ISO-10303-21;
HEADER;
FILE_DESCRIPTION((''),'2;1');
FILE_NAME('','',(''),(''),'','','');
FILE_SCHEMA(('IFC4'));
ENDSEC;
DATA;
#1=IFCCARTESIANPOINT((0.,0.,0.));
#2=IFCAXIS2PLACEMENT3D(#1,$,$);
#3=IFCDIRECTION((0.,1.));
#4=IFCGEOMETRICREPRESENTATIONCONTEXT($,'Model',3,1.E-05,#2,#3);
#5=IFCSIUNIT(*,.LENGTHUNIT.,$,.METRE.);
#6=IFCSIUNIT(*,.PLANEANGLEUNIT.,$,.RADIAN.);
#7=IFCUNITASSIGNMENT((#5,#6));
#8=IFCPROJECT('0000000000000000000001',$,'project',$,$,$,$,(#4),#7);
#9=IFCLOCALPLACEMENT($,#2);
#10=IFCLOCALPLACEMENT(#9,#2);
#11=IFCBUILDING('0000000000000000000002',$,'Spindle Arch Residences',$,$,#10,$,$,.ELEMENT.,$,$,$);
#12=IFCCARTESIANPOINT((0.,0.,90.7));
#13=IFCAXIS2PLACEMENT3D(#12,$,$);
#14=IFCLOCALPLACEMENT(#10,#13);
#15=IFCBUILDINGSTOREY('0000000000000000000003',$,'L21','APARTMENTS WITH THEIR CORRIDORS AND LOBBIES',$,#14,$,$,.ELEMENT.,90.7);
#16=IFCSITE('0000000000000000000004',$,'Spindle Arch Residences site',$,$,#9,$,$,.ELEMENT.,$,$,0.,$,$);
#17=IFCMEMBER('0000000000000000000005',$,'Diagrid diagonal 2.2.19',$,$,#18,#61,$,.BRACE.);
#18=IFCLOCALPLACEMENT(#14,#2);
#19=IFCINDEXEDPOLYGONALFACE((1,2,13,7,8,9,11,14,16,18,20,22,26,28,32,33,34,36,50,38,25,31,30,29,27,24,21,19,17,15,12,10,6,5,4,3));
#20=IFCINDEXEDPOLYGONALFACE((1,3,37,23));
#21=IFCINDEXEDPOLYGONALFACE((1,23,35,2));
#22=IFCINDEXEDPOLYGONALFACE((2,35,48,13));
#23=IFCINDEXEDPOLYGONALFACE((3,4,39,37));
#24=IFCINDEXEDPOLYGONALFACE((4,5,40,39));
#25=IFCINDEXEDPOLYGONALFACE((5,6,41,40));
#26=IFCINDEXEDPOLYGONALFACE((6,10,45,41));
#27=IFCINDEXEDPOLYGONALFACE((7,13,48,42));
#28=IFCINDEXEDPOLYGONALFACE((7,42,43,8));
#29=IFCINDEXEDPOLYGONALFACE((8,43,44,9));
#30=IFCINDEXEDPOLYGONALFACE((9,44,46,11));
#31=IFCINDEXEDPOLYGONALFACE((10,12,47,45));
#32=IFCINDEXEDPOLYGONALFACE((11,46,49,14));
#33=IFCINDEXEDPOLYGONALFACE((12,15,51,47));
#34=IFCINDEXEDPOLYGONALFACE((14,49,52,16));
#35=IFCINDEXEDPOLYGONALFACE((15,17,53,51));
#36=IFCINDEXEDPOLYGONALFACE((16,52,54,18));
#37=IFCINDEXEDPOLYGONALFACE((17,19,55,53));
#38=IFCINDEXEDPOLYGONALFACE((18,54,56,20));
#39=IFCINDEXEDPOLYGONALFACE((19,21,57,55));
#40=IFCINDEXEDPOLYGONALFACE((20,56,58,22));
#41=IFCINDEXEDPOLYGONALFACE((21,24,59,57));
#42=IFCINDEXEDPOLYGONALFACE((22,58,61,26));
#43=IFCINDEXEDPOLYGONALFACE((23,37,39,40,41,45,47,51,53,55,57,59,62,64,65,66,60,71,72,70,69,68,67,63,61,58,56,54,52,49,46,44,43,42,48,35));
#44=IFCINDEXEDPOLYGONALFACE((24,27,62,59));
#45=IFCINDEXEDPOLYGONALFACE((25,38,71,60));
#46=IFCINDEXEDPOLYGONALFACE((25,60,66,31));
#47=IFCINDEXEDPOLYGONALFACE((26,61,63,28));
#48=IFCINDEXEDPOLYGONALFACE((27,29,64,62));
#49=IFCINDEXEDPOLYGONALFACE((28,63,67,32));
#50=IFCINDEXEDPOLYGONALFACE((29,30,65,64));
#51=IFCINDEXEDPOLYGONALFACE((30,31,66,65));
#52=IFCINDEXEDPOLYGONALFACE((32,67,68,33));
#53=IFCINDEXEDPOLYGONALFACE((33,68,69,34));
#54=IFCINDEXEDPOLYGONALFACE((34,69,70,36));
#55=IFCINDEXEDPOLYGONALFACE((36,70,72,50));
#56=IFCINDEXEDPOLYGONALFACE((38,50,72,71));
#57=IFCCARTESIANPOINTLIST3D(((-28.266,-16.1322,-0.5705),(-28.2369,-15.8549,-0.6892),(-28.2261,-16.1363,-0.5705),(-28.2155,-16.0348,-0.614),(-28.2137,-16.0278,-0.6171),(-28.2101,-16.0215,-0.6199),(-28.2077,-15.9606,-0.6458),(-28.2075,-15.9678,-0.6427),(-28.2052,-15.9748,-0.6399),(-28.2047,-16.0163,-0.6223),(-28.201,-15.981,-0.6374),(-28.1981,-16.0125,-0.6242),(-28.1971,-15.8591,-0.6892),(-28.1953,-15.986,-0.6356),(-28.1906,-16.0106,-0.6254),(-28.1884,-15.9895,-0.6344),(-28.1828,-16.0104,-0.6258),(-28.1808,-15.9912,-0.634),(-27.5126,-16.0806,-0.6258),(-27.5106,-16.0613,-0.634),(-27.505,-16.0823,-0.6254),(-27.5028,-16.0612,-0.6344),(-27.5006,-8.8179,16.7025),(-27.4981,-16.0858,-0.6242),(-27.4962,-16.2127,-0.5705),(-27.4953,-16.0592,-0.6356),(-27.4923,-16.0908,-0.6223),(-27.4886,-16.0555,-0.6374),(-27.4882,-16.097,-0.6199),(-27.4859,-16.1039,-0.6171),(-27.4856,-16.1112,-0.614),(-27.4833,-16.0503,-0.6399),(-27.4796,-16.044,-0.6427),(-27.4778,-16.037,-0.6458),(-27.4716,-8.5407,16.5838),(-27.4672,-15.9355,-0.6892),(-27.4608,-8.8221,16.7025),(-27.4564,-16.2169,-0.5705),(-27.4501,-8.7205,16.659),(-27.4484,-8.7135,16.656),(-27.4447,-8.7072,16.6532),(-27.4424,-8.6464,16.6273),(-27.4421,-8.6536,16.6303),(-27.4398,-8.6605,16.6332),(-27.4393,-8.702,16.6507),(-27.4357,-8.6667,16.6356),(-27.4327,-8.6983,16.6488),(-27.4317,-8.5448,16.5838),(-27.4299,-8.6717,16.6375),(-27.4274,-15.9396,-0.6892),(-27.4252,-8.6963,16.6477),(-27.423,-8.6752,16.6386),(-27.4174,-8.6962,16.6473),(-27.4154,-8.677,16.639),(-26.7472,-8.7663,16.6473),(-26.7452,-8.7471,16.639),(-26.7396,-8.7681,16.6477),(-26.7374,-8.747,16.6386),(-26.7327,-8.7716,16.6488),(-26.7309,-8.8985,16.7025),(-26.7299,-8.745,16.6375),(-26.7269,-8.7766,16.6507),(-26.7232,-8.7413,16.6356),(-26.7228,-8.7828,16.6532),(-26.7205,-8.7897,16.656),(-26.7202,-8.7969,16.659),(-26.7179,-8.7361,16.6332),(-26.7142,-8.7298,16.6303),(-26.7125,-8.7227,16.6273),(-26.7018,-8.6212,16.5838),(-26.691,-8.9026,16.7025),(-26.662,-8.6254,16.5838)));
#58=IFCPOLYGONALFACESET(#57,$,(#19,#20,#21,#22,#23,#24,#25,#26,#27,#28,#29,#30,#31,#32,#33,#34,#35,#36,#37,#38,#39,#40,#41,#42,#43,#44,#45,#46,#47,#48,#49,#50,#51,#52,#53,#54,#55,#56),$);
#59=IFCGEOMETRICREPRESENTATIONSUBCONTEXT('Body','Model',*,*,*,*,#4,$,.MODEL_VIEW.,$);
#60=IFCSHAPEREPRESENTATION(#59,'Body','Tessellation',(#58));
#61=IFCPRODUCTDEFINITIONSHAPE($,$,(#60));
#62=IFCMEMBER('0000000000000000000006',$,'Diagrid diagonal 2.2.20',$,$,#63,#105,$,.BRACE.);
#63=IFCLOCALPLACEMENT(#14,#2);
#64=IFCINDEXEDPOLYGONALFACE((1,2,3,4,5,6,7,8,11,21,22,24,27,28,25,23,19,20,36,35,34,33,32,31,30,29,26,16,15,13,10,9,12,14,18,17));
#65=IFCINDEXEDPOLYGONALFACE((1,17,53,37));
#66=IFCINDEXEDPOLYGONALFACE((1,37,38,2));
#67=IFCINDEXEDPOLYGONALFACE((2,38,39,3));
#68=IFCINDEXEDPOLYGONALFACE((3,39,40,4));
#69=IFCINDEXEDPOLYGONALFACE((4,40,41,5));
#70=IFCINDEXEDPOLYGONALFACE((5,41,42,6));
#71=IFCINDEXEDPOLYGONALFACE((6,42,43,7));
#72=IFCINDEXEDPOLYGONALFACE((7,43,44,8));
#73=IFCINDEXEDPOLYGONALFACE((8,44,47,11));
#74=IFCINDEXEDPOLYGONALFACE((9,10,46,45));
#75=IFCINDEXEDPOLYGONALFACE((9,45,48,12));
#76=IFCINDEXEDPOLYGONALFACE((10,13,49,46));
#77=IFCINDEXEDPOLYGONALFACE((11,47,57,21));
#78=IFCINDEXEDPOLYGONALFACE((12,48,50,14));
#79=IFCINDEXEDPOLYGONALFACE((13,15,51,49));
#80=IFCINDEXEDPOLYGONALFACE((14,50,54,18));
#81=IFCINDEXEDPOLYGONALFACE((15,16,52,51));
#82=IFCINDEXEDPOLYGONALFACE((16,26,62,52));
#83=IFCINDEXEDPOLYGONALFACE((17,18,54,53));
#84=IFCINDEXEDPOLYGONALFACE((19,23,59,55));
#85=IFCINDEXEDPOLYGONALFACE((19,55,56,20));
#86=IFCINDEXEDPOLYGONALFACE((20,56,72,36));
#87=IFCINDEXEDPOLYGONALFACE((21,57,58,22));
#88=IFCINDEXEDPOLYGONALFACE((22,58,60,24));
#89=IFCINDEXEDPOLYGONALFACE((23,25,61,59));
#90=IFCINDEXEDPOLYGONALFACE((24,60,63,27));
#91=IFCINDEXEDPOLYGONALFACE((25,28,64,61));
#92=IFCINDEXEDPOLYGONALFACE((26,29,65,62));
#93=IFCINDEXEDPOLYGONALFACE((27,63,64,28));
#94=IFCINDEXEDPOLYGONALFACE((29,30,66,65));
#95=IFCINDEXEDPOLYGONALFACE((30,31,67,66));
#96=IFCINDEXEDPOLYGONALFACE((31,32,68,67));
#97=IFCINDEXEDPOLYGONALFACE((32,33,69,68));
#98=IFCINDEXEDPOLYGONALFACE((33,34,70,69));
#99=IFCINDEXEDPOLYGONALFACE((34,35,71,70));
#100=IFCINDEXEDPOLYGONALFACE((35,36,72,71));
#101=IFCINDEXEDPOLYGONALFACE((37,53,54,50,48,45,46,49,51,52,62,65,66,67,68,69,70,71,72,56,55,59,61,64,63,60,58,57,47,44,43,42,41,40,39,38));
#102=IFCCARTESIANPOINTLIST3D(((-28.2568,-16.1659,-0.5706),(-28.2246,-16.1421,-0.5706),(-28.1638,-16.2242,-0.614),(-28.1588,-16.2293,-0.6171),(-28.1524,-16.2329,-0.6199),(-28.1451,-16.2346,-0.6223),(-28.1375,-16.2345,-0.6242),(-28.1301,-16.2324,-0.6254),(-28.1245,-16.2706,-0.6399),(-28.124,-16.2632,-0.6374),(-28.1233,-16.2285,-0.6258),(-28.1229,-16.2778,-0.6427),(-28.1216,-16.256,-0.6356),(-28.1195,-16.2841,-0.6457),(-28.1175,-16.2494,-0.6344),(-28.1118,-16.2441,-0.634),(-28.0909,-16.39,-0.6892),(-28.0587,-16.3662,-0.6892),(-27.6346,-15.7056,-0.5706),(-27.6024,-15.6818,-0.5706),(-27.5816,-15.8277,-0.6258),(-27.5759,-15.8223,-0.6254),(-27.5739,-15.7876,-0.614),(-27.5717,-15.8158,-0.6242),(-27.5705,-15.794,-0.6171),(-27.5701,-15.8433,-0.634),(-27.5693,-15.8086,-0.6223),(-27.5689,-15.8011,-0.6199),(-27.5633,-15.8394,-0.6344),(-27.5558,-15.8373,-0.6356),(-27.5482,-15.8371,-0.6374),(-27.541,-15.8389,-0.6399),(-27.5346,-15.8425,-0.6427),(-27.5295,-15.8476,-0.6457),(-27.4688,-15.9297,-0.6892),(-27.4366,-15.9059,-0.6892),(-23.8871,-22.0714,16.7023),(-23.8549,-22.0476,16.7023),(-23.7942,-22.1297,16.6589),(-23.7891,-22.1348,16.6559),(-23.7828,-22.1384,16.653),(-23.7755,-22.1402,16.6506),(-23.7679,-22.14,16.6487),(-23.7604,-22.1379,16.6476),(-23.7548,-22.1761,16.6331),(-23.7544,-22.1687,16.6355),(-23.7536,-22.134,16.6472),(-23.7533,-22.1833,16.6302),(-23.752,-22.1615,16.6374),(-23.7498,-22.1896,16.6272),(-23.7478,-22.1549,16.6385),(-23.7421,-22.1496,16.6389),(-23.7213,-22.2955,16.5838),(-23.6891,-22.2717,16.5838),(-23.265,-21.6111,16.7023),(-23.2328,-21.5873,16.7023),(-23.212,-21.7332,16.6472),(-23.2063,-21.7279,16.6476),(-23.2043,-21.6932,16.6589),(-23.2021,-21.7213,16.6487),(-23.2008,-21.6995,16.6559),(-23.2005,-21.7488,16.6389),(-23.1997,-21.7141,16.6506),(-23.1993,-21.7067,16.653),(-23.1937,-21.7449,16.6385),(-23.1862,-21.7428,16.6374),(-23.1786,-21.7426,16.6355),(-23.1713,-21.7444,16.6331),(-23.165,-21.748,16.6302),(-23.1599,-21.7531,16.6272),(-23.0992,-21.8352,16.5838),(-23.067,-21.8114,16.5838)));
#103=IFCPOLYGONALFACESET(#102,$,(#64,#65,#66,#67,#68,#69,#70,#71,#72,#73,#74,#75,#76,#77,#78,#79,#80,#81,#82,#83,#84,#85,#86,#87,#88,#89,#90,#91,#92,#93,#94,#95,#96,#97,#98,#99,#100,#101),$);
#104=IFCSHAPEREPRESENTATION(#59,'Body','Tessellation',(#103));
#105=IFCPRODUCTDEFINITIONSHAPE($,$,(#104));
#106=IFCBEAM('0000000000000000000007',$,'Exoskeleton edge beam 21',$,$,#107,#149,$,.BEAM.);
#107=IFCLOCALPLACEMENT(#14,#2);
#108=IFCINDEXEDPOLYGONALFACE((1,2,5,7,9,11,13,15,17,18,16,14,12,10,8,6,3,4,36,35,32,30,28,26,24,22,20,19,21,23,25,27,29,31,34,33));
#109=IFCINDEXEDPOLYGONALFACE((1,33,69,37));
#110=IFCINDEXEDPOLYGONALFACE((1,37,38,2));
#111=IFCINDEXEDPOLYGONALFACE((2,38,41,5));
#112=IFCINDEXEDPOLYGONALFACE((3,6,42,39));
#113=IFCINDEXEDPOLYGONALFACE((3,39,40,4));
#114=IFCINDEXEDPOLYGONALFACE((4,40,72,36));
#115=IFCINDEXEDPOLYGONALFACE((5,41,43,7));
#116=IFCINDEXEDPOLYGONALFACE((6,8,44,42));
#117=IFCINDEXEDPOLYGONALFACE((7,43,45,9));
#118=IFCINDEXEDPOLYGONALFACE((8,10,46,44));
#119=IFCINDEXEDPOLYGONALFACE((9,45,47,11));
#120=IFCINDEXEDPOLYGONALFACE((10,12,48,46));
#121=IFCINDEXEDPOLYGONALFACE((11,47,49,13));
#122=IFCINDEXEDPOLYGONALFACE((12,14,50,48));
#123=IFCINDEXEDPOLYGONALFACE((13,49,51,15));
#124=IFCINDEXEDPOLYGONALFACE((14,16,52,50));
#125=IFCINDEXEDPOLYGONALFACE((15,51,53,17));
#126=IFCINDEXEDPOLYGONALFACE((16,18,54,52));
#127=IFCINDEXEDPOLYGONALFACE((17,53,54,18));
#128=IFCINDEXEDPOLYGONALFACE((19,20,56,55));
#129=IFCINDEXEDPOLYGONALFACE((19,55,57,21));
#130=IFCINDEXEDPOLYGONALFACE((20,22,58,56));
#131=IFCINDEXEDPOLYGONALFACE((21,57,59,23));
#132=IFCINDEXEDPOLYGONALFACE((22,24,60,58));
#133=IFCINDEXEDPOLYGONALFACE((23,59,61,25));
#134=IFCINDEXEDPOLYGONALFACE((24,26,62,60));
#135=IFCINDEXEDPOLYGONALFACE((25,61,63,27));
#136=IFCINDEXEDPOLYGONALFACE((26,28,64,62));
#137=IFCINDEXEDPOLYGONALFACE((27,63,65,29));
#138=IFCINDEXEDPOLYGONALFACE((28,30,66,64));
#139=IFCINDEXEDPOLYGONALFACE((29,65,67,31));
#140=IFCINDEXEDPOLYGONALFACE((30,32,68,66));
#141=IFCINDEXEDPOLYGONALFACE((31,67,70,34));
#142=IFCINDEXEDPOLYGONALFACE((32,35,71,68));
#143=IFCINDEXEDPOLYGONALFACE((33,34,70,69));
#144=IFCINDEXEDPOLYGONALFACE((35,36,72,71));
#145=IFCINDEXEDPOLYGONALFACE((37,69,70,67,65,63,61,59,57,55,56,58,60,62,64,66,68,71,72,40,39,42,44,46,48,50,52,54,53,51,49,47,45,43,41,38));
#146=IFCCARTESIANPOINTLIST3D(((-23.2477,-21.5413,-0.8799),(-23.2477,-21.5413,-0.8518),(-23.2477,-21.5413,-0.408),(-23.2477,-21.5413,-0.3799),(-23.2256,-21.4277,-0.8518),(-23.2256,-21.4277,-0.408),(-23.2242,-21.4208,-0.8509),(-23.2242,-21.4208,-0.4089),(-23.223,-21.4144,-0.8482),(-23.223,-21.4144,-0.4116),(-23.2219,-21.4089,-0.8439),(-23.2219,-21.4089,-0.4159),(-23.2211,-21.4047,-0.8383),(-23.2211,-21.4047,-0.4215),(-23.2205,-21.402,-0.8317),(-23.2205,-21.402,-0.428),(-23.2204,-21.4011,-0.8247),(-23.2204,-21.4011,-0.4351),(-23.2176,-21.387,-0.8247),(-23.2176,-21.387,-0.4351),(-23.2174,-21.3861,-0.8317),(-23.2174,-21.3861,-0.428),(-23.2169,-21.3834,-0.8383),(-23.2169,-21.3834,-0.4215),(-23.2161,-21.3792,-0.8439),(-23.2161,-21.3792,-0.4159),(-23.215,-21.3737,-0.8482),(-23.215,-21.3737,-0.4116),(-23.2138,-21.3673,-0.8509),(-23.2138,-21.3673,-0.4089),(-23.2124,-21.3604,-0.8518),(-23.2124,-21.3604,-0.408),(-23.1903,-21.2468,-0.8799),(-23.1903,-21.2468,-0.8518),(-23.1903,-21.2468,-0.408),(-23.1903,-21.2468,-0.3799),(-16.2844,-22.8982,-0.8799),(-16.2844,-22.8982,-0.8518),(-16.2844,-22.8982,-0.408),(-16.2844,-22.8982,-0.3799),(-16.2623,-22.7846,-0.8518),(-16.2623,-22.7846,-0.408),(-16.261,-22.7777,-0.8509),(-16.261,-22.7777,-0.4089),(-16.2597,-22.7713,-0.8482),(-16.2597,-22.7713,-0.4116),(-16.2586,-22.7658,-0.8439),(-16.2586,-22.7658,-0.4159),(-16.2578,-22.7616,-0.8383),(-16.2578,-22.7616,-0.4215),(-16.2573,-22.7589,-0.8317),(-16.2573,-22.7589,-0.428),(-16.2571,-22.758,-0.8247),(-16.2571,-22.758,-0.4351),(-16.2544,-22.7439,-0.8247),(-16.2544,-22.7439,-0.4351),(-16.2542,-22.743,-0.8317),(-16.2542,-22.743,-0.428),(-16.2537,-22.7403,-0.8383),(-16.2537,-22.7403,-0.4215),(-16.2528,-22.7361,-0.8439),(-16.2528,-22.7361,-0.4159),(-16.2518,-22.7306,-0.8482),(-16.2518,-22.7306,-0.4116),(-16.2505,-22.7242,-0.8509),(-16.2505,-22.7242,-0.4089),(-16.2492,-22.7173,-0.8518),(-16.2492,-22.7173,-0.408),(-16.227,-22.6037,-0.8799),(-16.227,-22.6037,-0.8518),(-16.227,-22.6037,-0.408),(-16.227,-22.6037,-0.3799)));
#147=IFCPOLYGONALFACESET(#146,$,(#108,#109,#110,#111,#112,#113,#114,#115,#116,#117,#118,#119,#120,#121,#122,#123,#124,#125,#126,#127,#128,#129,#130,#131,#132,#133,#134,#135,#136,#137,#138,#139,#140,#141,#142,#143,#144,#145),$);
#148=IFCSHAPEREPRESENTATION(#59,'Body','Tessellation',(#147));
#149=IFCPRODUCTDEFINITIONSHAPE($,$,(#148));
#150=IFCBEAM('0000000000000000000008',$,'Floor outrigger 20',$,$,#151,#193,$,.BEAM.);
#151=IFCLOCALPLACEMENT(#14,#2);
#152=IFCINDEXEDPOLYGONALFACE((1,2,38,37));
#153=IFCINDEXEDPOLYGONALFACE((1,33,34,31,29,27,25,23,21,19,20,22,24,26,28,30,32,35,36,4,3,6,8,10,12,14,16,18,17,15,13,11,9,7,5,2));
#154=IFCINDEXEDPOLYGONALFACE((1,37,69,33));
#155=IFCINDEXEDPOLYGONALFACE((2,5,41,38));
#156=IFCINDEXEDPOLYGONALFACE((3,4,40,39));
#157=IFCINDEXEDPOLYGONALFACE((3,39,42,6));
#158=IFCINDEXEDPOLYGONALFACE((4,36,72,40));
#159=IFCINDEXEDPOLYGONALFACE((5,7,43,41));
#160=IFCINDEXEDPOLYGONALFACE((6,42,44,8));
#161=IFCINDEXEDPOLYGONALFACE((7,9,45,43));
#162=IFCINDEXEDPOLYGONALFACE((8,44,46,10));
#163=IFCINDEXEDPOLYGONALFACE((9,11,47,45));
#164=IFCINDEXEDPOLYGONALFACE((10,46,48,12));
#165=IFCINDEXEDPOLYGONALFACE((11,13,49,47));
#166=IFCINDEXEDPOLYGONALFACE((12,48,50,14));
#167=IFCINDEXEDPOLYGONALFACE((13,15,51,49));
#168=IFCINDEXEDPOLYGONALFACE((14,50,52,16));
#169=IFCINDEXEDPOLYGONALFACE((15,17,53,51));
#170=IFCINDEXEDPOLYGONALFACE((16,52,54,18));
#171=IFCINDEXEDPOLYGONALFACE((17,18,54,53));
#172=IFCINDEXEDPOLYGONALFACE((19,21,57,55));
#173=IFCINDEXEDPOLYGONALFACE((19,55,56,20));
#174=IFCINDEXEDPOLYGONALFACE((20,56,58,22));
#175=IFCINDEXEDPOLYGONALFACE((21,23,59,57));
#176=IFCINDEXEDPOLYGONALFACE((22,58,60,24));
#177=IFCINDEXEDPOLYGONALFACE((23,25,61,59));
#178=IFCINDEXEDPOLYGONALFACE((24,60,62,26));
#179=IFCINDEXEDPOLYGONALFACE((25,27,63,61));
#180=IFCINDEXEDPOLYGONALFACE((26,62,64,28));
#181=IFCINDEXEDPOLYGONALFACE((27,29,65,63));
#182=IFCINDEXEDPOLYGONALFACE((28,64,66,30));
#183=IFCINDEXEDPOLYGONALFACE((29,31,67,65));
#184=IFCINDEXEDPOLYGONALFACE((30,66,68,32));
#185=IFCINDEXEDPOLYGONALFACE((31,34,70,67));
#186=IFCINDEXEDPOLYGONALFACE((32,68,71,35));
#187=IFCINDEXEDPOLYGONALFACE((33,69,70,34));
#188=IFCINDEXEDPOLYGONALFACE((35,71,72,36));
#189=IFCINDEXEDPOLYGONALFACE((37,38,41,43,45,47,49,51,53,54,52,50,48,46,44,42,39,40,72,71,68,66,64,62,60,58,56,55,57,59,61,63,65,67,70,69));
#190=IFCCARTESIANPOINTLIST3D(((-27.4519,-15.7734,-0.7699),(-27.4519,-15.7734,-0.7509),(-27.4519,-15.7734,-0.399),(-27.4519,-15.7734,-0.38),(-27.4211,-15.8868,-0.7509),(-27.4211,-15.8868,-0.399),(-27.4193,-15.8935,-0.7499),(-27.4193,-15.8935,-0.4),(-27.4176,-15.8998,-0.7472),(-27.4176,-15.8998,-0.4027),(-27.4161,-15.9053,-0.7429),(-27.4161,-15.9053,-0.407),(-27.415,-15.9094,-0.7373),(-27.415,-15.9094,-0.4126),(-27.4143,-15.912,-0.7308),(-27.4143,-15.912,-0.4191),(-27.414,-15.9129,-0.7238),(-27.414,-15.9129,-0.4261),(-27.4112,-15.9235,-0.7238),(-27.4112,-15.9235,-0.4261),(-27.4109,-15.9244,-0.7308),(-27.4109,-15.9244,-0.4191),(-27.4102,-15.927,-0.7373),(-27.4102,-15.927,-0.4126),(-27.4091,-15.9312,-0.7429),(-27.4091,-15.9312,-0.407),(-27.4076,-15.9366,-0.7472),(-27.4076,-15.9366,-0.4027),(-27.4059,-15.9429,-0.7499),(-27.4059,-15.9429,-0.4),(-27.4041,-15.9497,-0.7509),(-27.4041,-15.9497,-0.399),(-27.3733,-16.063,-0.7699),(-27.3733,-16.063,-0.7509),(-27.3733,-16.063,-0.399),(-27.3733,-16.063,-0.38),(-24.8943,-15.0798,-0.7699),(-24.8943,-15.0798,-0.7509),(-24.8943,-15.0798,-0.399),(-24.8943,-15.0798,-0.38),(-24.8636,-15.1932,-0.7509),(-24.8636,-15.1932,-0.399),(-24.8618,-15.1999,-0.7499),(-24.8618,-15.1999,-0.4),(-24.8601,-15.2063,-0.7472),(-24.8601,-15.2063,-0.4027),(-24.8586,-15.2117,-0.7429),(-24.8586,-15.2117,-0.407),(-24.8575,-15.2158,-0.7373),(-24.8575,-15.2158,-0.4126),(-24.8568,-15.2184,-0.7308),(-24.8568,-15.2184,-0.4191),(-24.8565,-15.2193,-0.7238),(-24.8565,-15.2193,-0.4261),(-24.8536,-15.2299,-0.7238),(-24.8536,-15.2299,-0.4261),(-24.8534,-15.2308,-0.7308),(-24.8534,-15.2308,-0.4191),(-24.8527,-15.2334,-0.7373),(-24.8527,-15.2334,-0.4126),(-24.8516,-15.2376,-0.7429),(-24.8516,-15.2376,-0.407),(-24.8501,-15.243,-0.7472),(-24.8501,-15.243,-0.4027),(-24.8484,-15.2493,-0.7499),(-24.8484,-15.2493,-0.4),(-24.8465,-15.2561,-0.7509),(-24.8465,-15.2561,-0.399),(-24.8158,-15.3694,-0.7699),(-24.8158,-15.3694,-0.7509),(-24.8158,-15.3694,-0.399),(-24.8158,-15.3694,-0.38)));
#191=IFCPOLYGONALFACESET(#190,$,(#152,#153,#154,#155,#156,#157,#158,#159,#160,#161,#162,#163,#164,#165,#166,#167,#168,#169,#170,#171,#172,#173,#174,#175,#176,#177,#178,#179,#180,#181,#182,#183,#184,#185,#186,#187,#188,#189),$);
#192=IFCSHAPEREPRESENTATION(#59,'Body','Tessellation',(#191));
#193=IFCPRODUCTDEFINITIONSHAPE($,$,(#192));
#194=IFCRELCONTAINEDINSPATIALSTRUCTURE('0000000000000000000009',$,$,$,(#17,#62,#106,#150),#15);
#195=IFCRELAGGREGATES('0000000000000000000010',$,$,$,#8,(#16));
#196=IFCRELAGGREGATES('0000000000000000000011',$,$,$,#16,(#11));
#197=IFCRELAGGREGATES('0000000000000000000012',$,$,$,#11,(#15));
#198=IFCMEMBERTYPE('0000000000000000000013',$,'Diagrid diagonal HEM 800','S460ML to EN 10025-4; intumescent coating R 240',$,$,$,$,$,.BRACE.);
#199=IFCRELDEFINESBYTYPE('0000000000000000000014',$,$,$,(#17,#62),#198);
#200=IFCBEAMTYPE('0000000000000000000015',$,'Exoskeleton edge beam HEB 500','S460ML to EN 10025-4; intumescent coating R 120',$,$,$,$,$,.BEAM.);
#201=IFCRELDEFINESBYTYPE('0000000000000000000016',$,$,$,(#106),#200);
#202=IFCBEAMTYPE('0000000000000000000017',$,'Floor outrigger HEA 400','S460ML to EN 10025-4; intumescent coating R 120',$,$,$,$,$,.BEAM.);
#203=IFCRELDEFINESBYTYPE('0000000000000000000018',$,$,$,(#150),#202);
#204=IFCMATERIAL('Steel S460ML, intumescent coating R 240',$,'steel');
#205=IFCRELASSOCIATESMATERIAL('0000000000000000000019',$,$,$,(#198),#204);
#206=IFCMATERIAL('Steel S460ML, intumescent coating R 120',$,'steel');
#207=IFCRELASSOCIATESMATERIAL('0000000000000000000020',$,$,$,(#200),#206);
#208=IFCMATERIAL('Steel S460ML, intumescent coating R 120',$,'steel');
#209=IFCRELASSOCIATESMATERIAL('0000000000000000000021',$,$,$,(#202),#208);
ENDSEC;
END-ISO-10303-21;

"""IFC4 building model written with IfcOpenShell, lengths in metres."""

from ifc_helpers import new_model, si_unit, direction, frame, origin, origin_2d, place, context, subcontext, project, spatial, i_section, extrude, material, material_profile, profile_set, type_object, element, save


model = new_model("IFC4")

# Units and contexts
model_context = context("Model", 3, precision=1e-05, world=origin(), true_north=direction((0.0, 1.0)))
body_context = subcontext(model_context, "Body", "Model", "MODEL_VIEW")
ifc_project = project(units=[si_unit("LENGTHUNIT", "METRE"), si_unit("PLANEANGLEUNIT", "RADIAN")], contexts=[model_context])

# Site, building, storey
site_placement = place(None, origin())
site = spatial("IfcSite", under=ifc_project, at=site_placement, Name="Spindle Arch Residences site", CompositionType="ELEMENT", RefElevation=0.0)
building_placement = place(site_placement, origin())
building = spatial("IfcBuilding", under=site, at=building_placement, Name="Spindle Arch Residences", CompositionType="ELEMENT")
storey_placement = place(building_placement, frame((0.0, 0.0, 90.7)))
storey = spatial("IfcBuildingStorey", under=building, at=storey_placement, Name="L21", Description="APARTMENTS WITH THEIR CORRIDORS AND LOBBIES", CompositionType="ELEMENT", Elevation=90.7)

# Members
ifc_material_1 = material(Name="Steel S460ML, intumescent coating R 240", Category="steel")
ifc_material_profile_1 = material_profile(ifc_material_1, i_section(OverallWidth=0.303, OverallDepth=0.814, WebThickness=0.021, FlangeThickness=0.04, FilletRadius=0.03, at=origin_2d()), Name="HEM 800")
ifc_profile_set_1 = profile_set([ifc_material_profile_1], Name="Steel S460ML, intumescent coating R 240")
member_type_1 = type_object("IfcMemberType", Name="Diagrid diagonal HEM 800", Description="S460ML to EN 10025-4; intumescent coating R 240", PredefinedType="BRACE", material=ifc_profile_set_1)
member_1_placement = place(storey_placement, frame((-27.8467, -16.0359, -0.6299), z_axis=(0.04077, 0.389606, 0.920079), x_axis=(-0.095757, -0.915082, 0.391734)))
element("IfcMember", 1, at=member_1_placement, inside=storey, type_object=member_type_1, Name="Diagrid diagonal 2.2.19", PredefinedType="BRACE", context=body_context, shape_type="SweptSolid", body=[
    extrude(i_section(OverallWidth=0.303, OverallDepth=0.814, WebThickness=0.021, FlangeThickness=0.04, FilletRadius=0.03, at=origin_2d()), origin(), (0.0, 0.0, 1.0), 18.7734),
])
member_2_placement = place(storey_placement, frame((-27.8467, -16.0359, -0.6299), z_axis=(0.232795, -0.314621, 0.920228), x_axis=(-0.547355, 0.739745, 0.391382)))
element("IfcMember", 2, at=member_2_placement, inside=storey, type_object=member_type_1, Name="Diagrid diagonal 2.2.20", PredefinedType="BRACE", context=body_context, shape_type="SweptSolid", body=[
    extrude(i_section(OverallWidth=0.303, OverallDepth=0.814, WebThickness=0.021, FlangeThickness=0.04, FilletRadius=0.03, at=origin_2d()), origin(), (0.0, 0.0, 1.0), 18.7703),
])

# Beams
ifc_material_2 = material(Name="Steel S460ML, intumescent coating R 120", Category="steel")
ifc_material_profile_2 = material_profile(ifc_material_2, i_section(OverallWidth=0.3, OverallDepth=0.5, WebThickness=0.0144, FlangeThickness=0.0281, FilletRadius=0.0271, at=origin_2d()), Name="HEB 500")
ifc_profile_set_2 = profile_set([ifc_material_profile_2], Name="Steel S460ML, intumescent coating R 120")
beam_type_1 = type_object("IfcBeamType", Name="Exoskeleton edge beam HEB 500", Description="S460ML to EN 10025-4; intumescent coating R 120", PredefinedType="BEAM", material=ifc_profile_set_2)
beam_placement = place(storey_placement, frame((-23.219, -21.394, -0.6299), z_axis=(0.981538, -0.191269, 0.0), x_axis=(0.191269, 0.981538, 0.0)))
element("IfcBeam", 3, at=beam_placement, inside=storey, type_object=beam_type_1, Name="Exoskeleton edge beam 21", PredefinedType="BEAM", context=body_context, shape_type="SweptSolid", body=[
    extrude(i_section(OverallWidth=0.3, OverallDepth=0.5, WebThickness=0.0144, FlangeThickness=0.0281, FilletRadius=0.0271, at=origin_2d()), origin(), (0.0, 0.0, 1.0), 7.0942),
])
ifc_material_3 = material(Name="Steel S460ML, intumescent coating R 120", Category="steel")
ifc_material_profile_3 = material_profile(ifc_material_3, i_section(OverallWidth=0.3, OverallDepth=0.3899, WebThickness=0.011, FlangeThickness=0.019, FilletRadius=0.0271, at=origin_2d()), Name="HEA 400")
ifc_profile_set_3 = profile_set([ifc_material_profile_3], Name="Steel S460ML, intumescent coating R 120")
beam_type_2 = type_object("IfcBeamType", Name="Floor outrigger HEA 400", Description="S460ML to EN 10025-4; intumescent coating R 120", PredefinedType="BEAM", material=ifc_profile_set_3)
for number, where, z_axis, x_axis, name in (
    (4, (-27.4126, -15.9182, -0.575), (0.965139, 0.261737, 0.0), (-0.261737, 0.965139, 0.0), "Floor outrigger 20"),
):
    element("IfcBeam", number, at=place(storey_placement, frame(where, z_axis=z_axis, x_axis=x_axis)), inside=storey, type_object=beam_type_2, Name=name, PredefinedType="BEAM", context=body_context, shape_type="SweptSolid", body=[
        extrude(i_section(OverallWidth=0.3, OverallDepth=0.3899, WebThickness=0.011, FlangeThickness=0.019, FilletRadius=0.0271, at=origin_2d()), origin(), (0.0, 0.0, 1.0), 2.6499),
    ])

save(model, "model.ifc")
